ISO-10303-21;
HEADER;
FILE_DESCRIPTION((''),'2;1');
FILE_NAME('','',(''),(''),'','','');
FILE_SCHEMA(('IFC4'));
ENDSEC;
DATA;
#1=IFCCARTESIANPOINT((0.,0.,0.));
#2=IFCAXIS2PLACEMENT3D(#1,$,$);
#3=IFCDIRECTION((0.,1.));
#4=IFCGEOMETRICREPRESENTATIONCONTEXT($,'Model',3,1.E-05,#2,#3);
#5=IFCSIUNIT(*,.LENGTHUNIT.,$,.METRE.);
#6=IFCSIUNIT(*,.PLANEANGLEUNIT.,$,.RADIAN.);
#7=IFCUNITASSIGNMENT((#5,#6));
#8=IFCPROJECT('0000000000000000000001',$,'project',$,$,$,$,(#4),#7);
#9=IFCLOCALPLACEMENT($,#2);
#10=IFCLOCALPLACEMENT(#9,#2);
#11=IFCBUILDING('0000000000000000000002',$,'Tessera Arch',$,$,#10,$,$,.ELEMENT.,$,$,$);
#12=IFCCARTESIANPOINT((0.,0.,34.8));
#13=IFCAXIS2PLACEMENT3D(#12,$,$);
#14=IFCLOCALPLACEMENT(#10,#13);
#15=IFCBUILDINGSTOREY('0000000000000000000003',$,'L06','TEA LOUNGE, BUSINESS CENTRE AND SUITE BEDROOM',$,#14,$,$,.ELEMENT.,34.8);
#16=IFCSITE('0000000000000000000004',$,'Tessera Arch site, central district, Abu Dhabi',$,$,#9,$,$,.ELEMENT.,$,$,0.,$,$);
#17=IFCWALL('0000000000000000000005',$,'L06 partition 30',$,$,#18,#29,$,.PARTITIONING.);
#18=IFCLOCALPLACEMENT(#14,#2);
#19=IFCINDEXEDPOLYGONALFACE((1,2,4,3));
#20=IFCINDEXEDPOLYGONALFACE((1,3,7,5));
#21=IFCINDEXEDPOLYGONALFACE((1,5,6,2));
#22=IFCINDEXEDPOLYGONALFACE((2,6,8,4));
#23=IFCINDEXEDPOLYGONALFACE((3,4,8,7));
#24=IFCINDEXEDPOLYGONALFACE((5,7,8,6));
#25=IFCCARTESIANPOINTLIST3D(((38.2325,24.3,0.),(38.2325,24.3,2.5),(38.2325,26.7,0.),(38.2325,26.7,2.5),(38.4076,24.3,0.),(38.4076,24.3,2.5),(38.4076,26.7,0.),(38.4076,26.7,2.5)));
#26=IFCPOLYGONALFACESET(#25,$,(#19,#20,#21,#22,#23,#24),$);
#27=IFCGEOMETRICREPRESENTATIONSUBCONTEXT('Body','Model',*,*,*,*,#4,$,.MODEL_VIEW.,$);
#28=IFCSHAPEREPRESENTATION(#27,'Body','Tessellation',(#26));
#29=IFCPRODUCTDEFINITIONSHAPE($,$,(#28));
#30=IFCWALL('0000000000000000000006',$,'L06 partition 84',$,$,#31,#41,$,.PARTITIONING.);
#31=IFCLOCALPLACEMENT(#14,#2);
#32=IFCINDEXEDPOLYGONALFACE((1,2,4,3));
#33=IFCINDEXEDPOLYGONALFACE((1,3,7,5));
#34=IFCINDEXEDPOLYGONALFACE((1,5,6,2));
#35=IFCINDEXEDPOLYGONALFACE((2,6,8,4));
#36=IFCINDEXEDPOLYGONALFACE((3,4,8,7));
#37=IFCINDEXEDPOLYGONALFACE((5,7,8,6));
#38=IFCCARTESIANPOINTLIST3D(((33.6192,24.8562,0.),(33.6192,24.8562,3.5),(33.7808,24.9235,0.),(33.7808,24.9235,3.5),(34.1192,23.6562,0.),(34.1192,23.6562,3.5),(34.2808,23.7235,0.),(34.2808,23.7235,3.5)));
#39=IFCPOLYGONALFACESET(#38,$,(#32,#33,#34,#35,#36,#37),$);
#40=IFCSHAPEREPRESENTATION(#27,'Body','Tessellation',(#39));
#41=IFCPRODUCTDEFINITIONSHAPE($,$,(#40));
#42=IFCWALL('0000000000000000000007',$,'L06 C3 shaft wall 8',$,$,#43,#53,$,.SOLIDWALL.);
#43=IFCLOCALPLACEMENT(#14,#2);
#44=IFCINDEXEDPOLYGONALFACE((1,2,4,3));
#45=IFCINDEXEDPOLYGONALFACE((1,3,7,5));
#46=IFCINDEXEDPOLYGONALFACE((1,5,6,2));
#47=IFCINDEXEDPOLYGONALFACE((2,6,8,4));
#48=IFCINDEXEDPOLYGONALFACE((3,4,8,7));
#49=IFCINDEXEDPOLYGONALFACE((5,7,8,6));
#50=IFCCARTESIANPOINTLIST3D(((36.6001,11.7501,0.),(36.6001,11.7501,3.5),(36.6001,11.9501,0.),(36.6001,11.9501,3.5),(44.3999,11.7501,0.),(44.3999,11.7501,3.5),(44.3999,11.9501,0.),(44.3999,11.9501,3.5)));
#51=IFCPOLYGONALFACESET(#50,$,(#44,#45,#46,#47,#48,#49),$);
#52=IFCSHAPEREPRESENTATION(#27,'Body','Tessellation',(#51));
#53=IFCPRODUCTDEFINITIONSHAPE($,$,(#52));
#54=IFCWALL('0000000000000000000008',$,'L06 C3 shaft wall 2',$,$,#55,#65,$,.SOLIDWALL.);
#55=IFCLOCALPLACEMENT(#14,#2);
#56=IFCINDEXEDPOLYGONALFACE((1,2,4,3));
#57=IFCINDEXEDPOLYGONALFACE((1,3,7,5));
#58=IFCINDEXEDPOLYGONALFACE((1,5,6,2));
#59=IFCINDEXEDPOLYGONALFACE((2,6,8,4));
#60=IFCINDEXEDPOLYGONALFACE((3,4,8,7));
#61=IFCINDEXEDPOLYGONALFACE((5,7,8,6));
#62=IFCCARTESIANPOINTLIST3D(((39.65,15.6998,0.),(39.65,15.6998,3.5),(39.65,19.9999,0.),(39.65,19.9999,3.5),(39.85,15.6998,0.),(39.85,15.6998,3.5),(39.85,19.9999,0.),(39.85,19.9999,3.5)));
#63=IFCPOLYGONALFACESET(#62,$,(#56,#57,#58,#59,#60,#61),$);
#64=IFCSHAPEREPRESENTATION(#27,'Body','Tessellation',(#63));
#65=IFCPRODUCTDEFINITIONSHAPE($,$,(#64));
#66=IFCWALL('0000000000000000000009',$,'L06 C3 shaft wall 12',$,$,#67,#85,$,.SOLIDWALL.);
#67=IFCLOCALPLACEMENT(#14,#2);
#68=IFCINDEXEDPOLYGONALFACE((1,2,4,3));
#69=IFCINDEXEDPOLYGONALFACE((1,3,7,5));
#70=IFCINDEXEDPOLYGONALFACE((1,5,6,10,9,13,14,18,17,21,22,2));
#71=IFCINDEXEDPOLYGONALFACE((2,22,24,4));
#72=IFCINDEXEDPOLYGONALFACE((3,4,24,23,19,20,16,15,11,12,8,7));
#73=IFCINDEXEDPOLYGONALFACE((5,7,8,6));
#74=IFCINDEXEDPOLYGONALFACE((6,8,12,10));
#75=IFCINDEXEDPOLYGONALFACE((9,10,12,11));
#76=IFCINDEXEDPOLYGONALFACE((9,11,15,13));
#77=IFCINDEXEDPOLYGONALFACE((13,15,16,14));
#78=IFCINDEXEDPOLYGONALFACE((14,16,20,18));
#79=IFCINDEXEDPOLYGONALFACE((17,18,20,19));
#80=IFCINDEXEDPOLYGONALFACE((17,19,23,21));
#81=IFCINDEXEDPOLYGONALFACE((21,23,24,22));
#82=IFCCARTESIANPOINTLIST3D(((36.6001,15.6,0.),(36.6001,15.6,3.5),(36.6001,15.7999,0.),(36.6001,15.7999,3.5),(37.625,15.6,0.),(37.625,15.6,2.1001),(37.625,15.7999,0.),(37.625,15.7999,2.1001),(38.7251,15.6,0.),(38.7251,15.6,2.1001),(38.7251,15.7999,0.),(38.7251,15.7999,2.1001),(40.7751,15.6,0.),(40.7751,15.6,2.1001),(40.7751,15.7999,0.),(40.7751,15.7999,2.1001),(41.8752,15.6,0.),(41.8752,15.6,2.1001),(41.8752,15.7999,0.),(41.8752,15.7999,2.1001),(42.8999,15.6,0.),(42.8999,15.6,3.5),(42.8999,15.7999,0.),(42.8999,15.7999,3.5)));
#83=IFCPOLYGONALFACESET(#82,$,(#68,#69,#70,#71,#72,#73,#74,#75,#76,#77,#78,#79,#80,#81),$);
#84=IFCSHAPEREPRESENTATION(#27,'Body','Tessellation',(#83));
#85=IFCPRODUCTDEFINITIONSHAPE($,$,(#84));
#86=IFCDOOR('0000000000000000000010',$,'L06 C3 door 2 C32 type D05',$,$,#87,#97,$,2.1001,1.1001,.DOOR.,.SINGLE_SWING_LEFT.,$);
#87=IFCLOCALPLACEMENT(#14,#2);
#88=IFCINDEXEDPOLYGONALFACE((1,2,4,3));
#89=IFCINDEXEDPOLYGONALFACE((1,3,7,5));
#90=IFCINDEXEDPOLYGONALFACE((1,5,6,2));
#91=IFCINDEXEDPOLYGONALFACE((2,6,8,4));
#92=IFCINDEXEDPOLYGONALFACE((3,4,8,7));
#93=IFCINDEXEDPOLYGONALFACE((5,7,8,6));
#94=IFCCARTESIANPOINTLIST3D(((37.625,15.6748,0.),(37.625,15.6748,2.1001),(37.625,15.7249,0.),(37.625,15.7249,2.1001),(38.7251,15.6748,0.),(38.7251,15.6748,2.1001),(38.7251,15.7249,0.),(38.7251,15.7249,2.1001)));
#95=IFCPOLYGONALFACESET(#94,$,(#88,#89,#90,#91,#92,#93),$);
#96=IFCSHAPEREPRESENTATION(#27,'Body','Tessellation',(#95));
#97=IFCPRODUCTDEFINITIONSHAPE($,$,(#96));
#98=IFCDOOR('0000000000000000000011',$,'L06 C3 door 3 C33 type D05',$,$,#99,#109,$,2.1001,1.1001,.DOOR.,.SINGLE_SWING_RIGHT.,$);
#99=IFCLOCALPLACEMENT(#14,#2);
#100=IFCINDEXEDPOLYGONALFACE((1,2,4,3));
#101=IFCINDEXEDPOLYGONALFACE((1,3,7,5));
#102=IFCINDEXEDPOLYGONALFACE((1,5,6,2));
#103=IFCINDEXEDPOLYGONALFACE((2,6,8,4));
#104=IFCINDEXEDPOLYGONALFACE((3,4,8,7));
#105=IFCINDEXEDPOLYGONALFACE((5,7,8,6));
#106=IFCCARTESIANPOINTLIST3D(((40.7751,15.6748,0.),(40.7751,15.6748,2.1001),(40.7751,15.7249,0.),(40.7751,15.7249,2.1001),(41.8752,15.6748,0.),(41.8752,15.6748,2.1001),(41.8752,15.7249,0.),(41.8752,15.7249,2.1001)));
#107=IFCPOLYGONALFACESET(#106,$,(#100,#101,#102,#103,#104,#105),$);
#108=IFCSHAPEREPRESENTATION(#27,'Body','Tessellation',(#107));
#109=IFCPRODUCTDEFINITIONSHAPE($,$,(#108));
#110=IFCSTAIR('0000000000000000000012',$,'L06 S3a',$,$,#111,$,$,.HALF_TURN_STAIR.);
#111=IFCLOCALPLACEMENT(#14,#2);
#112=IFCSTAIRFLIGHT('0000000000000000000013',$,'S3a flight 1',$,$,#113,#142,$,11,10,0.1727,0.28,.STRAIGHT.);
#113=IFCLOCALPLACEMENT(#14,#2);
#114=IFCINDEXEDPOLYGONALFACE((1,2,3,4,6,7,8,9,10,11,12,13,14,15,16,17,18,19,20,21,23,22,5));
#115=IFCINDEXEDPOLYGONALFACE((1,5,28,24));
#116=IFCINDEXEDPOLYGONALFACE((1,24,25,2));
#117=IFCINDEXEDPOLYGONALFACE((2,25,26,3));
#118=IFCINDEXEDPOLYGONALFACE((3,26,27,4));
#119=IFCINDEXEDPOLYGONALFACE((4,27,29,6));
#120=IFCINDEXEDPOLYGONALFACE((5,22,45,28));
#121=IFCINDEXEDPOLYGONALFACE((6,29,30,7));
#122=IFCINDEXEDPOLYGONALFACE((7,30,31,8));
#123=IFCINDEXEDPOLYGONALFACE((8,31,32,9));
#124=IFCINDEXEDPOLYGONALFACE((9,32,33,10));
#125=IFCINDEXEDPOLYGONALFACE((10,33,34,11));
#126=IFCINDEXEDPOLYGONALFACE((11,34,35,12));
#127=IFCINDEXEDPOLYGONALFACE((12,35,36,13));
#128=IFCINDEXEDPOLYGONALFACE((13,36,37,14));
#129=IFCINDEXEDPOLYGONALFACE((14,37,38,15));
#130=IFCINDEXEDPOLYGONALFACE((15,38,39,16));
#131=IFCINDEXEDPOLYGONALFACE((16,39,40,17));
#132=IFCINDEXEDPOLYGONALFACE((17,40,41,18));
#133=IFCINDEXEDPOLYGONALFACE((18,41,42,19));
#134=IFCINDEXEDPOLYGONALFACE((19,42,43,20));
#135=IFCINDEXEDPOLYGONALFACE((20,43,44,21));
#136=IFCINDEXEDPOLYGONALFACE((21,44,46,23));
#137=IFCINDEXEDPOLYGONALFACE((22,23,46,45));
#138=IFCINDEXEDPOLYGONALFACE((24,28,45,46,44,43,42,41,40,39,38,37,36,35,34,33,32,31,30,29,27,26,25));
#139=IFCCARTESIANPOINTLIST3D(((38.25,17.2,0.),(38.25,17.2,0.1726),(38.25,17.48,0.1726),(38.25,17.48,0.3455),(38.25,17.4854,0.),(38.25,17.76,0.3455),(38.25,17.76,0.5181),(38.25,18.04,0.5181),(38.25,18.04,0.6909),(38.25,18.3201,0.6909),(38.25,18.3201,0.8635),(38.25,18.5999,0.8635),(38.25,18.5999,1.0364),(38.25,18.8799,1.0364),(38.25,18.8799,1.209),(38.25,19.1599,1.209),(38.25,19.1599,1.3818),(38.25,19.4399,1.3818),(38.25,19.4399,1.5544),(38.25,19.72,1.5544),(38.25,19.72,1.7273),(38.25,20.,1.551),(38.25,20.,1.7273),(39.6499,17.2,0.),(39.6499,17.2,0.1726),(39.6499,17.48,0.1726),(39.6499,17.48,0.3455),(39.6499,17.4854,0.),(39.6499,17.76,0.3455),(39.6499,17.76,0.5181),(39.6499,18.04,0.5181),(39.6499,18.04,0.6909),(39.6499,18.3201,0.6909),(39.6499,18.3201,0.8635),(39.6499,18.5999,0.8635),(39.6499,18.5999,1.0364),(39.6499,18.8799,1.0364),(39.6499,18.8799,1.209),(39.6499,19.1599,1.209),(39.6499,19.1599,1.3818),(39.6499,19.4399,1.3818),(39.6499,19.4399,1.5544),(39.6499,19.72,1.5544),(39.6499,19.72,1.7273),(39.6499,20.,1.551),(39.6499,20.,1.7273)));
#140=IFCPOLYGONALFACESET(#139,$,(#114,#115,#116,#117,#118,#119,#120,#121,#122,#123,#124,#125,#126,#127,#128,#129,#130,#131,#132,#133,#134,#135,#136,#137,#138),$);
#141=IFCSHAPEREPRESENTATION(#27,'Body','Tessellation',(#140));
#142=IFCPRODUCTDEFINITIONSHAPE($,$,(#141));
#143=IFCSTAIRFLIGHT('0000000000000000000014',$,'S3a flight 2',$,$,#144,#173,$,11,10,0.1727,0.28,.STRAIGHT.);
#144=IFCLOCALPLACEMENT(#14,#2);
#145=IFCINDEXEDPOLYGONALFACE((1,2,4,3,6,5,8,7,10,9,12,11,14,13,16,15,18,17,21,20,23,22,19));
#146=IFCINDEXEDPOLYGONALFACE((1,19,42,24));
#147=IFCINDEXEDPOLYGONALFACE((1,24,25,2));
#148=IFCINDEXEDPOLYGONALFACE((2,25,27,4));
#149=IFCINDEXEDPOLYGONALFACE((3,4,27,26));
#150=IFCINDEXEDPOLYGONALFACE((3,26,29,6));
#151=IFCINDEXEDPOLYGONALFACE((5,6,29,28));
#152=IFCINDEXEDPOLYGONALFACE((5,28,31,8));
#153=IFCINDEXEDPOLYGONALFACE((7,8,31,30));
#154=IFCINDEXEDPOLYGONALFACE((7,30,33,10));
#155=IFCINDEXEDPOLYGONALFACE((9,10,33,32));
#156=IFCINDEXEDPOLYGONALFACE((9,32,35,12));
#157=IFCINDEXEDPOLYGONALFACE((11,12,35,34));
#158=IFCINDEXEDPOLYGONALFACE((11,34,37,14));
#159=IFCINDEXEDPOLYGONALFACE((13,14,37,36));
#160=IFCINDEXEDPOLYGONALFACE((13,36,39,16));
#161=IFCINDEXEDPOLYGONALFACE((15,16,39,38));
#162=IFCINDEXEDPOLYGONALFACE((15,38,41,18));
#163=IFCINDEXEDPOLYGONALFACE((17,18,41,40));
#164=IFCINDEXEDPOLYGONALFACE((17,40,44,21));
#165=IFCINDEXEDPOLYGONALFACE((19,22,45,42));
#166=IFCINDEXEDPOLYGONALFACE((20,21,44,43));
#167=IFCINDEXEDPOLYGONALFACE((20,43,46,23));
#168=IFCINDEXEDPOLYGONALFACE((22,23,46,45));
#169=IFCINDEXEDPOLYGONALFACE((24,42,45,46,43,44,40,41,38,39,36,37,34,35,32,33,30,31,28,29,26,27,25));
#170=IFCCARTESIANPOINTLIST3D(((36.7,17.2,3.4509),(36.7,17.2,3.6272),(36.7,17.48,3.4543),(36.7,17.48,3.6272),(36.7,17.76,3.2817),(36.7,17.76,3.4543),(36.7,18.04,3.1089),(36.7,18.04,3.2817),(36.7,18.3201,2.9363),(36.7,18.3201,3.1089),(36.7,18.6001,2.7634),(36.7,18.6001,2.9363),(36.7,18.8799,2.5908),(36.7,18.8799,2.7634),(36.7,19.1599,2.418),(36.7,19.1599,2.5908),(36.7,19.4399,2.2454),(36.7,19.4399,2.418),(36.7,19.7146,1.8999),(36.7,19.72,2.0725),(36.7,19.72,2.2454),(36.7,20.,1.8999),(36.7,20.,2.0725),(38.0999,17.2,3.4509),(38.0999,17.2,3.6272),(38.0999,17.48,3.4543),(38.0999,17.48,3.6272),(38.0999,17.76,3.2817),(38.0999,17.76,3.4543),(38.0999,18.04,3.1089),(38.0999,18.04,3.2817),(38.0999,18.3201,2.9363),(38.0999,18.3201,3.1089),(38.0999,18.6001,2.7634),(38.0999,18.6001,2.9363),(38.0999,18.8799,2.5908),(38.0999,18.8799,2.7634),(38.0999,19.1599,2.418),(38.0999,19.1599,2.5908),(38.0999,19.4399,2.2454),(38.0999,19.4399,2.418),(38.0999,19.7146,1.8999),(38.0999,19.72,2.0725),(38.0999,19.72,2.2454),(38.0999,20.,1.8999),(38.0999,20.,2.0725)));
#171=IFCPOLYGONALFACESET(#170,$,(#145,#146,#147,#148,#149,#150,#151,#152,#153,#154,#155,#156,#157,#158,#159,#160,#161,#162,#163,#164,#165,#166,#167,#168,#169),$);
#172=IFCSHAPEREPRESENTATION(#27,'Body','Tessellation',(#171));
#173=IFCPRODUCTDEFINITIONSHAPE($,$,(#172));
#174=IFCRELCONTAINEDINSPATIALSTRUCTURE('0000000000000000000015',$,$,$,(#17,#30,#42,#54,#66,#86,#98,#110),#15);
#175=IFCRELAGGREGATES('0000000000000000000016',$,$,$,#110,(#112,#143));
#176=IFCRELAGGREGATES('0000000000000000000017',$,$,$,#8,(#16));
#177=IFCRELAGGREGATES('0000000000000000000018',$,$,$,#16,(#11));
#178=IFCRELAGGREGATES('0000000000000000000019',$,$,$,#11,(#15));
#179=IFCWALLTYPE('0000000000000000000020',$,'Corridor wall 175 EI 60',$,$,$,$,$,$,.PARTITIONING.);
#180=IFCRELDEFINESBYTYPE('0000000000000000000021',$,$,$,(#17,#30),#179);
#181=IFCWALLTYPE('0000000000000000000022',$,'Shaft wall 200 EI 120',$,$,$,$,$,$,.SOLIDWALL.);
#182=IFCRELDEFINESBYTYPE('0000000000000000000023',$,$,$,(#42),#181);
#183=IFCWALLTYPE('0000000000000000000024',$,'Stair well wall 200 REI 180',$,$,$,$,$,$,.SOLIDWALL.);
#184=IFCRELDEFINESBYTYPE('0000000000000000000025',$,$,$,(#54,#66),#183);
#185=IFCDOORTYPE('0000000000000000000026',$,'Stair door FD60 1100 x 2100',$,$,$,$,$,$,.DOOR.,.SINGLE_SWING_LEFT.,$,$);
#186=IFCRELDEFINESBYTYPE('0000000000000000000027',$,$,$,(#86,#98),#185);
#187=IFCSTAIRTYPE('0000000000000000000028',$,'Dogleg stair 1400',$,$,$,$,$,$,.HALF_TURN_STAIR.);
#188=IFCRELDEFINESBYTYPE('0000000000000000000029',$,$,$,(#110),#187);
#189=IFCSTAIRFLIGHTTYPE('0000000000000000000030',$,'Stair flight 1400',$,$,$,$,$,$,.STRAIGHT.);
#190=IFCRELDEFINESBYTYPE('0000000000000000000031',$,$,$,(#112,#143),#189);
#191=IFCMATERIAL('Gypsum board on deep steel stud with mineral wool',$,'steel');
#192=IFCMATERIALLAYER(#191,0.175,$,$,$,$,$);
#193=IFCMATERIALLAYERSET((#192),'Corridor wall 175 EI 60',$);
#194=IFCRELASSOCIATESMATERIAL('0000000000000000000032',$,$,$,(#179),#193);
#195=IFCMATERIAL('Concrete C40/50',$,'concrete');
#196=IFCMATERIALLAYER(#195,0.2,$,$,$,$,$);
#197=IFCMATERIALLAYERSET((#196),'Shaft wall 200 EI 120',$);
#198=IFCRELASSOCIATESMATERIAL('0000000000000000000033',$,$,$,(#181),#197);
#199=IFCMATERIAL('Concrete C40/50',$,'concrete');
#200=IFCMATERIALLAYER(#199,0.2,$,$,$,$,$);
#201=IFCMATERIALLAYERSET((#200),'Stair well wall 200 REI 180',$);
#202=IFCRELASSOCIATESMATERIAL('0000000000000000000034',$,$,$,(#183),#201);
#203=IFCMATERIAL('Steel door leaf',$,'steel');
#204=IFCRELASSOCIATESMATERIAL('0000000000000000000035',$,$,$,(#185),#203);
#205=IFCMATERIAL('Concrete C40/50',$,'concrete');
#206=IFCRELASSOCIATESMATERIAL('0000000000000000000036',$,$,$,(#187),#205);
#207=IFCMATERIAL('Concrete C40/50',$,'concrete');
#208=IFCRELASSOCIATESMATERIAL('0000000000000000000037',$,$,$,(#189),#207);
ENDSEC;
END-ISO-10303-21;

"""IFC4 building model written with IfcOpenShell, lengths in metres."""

from ifc_helpers import new_model, si_unit, direction, frame, frame_2d, origin, place, context, subcontext, project, spatial, polyline, rectangle, outline, extrude, material, layer, layer_set, type_object, element, fill, aggregate, save


model = new_model("IFC4")

# Units and contexts
model_context = context("Model", 3, precision=1e-05, world=origin(), true_north=direction((0.0, 1.0)))
body_context = subcontext(model_context, "Body", "Model", "MODEL_VIEW")
ifc_project = project(units=[si_unit("LENGTHUNIT", "METRE"), si_unit("PLANEANGLEUNIT", "RADIAN")], contexts=[model_context])

# Site, building, storey
site_placement = place(None, origin())
site = spatial("IfcSite", under=ifc_project, at=site_placement, Name="Tessera Arch site, central district, Abu Dhabi", CompositionType="ELEMENT", RefElevation=0.0)
building_placement = place(site_placement, origin())
building = spatial("IfcBuilding", under=site, at=building_placement, Name="Tessera Arch", CompositionType="ELEMENT")
storey_placement = place(building_placement, frame((0.0, 0.0, 34.8)))
storey = spatial("IfcBuildingStorey", under=building, at=storey_placement, Name="L06", Description="TEA LOUNGE, BUSINESS CENTRE AND SUITE BEDROOM", CompositionType="ELEMENT", Elevation=34.8)

# Shared definitions
ifc_material_1 = material(Name="Gypsum board on deep steel stud with mineral wool", Category="steel")
ifc_layer_1 = layer(ifc_material_1, 0.175)
ifc_layer_set_1 = layer_set([ifc_layer_1], Name="Corridor wall 175 EI 60")
wall_type_1 = type_object("IfcWallType", Name="Corridor wall 175 EI 60", PredefinedType="PARTITIONING", material=ifc_layer_set_1)

# Walls
wall_1_placement = place(storey_placement, frame((38.3201, 24.3, 0.0), z_axis=(0.0, 0.0, 1.0), x_axis=(0.0, 1.0, 0.0)))
element("IfcWall", 1, at=wall_1_placement, inside=storey, type_object=wall_type_1, Name="L06 partition 30", PredefinedType="PARTITIONING", context=body_context, shape_type="SweptSolid", body=[
    extrude(rectangle(XDim=2.3999, YDim=0.175, at=frame_2d((1.2, 0.0))), origin(), (0.0, 0.0, 1.0), 2.5),
])
wall_2_placement = place(storey_placement, frame((34.2, 23.6899, 0.0), z_axis=(0.0, 0.0, 1.0), x_axis=(-0.384629, 0.923071, 0.0)))
element("IfcWall", 2, at=wall_2_placement, inside=storey, type_object=wall_type_1, Name="L06 partition 84", PredefinedType="PARTITIONING", context=body_context, shape_type="SweptSolid", body=[
    extrude(rectangle(XDim=1.3, YDim=0.175, at=frame_2d((0.6499, 0.0))), origin(), (0.0, 0.0, 1.0), 3.5),
])
ifc_material_2 = material(Name="Concrete C40/50", Category="concrete")
ifc_layer_2 = layer(ifc_material_2, 0.2)
ifc_layer_set_2 = layer_set([ifc_layer_2], Name="Shaft wall 200 EI 120")
wall_type_2 = type_object("IfcWallType", Name="Shaft wall 200 EI 120", PredefinedType="SOLIDWALL", material=ifc_layer_set_2)
wall_3_placement = place(storey_placement, frame((36.6001, 11.8501, 0.0), z_axis=(0.0, 0.0, 1.0), x_axis=(1.0, 0.0, 0.0)))
element("IfcWall", 3, at=wall_3_placement, inside=storey, type_object=wall_type_2, Name="L06 C3 shaft wall 8", PredefinedType="SOLIDWALL", context=body_context, shape_type="SweptSolid", body=[
    extrude(rectangle(XDim=7.7998, YDim=0.2, at=frame_2d((3.8999, 0.0))), origin(), (0.0, 0.0, 1.0), 3.5),
])
ifc_material_3 = material(Name="Concrete C40/50", Category="concrete")
ifc_layer_3 = layer(ifc_material_3, 0.2)
ifc_layer_set_3 = layer_set([ifc_layer_3], Name="Stair well wall 200 REI 180")
wall_type_3 = type_object("IfcWallType", Name="Stair well wall 200 REI 180", PredefinedType="SOLIDWALL", material=ifc_layer_set_3)
wall_4_placement = place(storey_placement, frame((39.75, 15.7, 0.0), z_axis=(0.0, 0.0, 1.0), x_axis=(0.0, 1.0, 0.0)))
element("IfcWall", 4, at=wall_4_placement, inside=storey, type_object=wall_type_3, Name="L06 C3 shaft wall 2", PredefinedType="SOLIDWALL", context=body_context, shape_type="SweptSolid", body=[
    extrude(rectangle(XDim=4.3, YDim=0.2, at=frame_2d((2.1499, 0.0))), origin(), (0.0, 0.0, 1.0), 3.5),
])

# Wall, openings, doors
wall_5_placement = place(storey_placement, frame((36.6001, 15.7, 0.0), z_axis=(0.0, 0.0, 1.0), x_axis=(1.0, 0.0, 0.0)))
wall_5 = element("IfcWall", 5, at=wall_5_placement, inside=storey, type_object=wall_type_3, Name="L06 C3 shaft wall 12", PredefinedType="SOLIDWALL", context=body_context, shape_type="SweptSolid", body=[
    extrude(rectangle(XDim=6.2998, YDim=0.2, at=frame_2d((3.1499, 0.0))), origin(), (0.0, 0.0, 1.0), 3.5),
])
opening_1_placement = place(wall_5_placement, frame((1.0249, 0.0, 0.0)))
opening_1 = element("IfcOpeningElement", 6, at=opening_1_placement, cuts=wall_5, PredefinedType="OPENING", context=body_context, shape_type="SweptSolid", body=[
    extrude(rectangle(XDim=1.1001, YDim=2.1001, at=frame_2d((0.55, 1.05))), frame((0.0, 0.1099, 0.0), z_axis=(0.0, -1.0, 0.0), x_axis=(1.0, 0.0, 0.0)), (0.0, 0.0, 1.0), 0.22),
])
opening_2_placement = place(wall_5_placement, frame((4.175, 0.0, 0.0)))
opening_2 = element("IfcOpeningElement", 7, at=opening_2_placement, cuts=wall_5, PredefinedType="OPENING", context=body_context, shape_type="SweptSolid", body=[
    extrude(rectangle(XDim=1.1001, YDim=2.1001, at=frame_2d((0.55, 1.05))), frame((0.0, 0.1099, 0.0), z_axis=(0.0, -1.0, 0.0), x_axis=(1.0, 0.0, 0.0)), (0.0, 0.0, 1.0), 0.22),
])
ifc_material_4 = material(Name="Steel door leaf", Category="steel")
door_type_1 = type_object("IfcDoorType", Name="Stair door FD60 1100 x 2100", OperationType="SINGLE_SWING_LEFT", PredefinedType="DOOR", material=ifc_material_4)
door_1_placement = place(opening_1_placement, origin())
door_1 = element("IfcDoor", 8, at=door_1_placement, inside=storey, type_object=door_type_1, Name="L06 C3 door 2 C32 type D05", OperationType="SINGLE_SWING_LEFT", OverallHeight=2.1001, OverallWidth=1.1001, PredefinedType="DOOR", context=body_context, shape_type="SweptSolid", body=[
    extrude(rectangle(XDim=1.1001, YDim=2.1001, at=frame_2d((0.55, 1.05))), frame((0.0, 0.0249, 0.0), z_axis=(0.0, -1.0, 0.0), x_axis=(1.0, 0.0, 0.0)), (0.0, 0.0, 1.0), 0.05),
])
fill(opening_1, door_1)
door_2_placement = place(opening_2_placement, origin())
door_2 = element("IfcDoor", 9, at=door_2_placement, inside=storey, type_object=door_type_1, Name="L06 C3 door 3 C33 type D05", OperationType="SINGLE_SWING_RIGHT", OverallHeight=2.1001, OverallWidth=1.1001, PredefinedType="DOOR", context=body_context, shape_type="SweptSolid", body=[
    extrude(rectangle(XDim=1.1001, YDim=2.1001, at=frame_2d((0.55, 1.05))), frame((0.0, 0.0249, 0.0), z_axis=(0.0, -1.0, 0.0), x_axis=(1.0, 0.0, 0.0)), (0.0, 0.0, 1.0), 0.05),
])
fill(opening_2, door_2)

# Stair, stair flights
ifc_material_5 = material(Name="Concrete C40/50", Category="concrete")
stair_type = type_object("IfcStairType", Name="Dogleg stair 1400", PredefinedType="HALF_TURN_STAIR", material=ifc_material_5)
stair_placement = place(storey_placement, origin())
stair = element("IfcStair", 10, at=stair_placement, inside=storey, type_object=stair_type, Name="L06 S3a", PredefinedType="HALF_TURN_STAIR")
ifc_material_6 = material(Name="Concrete C40/50", Category="concrete")
stair_flight_type = type_object("IfcStairFlightType", Name="Stair flight 1400", PredefinedType="STRAIGHT", material=ifc_material_6)
stair_flight_1_placement = place(storey_placement, frame((38.95, 17.2, 0.0), z_axis=(0.0, 0.0, 1.0), x_axis=(0.0, 1.0, 0.0)))
stair_flight_1 = element("IfcStairFlight", 11, at=stair_flight_1_placement, type_object=stair_flight_type, Name="S3a flight 1", NumberOfRisers=11, NumberOfTreads=10, PredefinedType="STRAIGHT", RiserHeight=0.1727, TreadLength=0.28, context=body_context, shape_type="SweptSolid", body=[
    extrude(outline(polyline([(0.0, 0.0), (0.0, 0.1726), (0.28, 0.1726), (0.28, 0.3455), (0.5601, 0.3455), (0.5601, 0.5181), (0.8401, 0.5181), (0.8401, 0.6909), (1.1201, 0.6909), (1.1201, 0.8635), (1.3999, 0.8635), (1.3999, 1.0364), (1.6799, 1.0364), (1.6799, 1.209), (1.96, 1.209), (1.96, 1.3818), (2.24, 1.3818), (2.24, 1.5544), (2.52, 1.5544), (2.52, 1.7273), (2.8, 1.7273), (2.8, 1.8999), (2.8, 1.551), (0.2854, 0.0), (0.0, 0.0)])), frame((0.0, 0.7, 0.0), z_axis=(0.0, -1.0, 0.0), x_axis=(1.0, 0.0, 0.0)), (0.0, 0.0, 1.0), 1.3999),
])
stair_flight_2_placement = place(storey_placement, frame((37.3999, 20.0, 1.8999), z_axis=(0.0, 0.0, 1.0), x_axis=(0.0, -1.0, 0.0)))
stair_flight_2 = element("IfcStairFlight", 12, at=stair_flight_2_placement, type_object=stair_flight_type, Name="S3a flight 2", NumberOfRisers=11, NumberOfTreads=10, PredefinedType="STRAIGHT", RiserHeight=0.1727, TreadLength=0.28, context=body_context, shape_type="SweptSolid", body=[
    extrude(outline(polyline([(0.0, 0.0), (0.0, 0.1726), (0.28, 0.1726), (0.28, 0.3455), (0.5601, 0.3455), (0.5601, 0.5181), (0.8401, 0.5181), (0.8401, 0.6909), (1.1201, 0.6909), (1.1201, 0.8635), (1.3999, 0.8635), (1.3999, 1.0364), (1.6799, 1.0364), (1.6799, 1.209), (1.96, 1.209), (1.96, 1.3818), (2.24, 1.3818), (2.24, 1.5544), (2.52, 1.5544), (2.52, 1.7273), (2.8, 1.7273), (2.8, 1.8999), (2.8, 1.551), (0.2854, 0.0), (0.0, 0.0)])), frame((0.0, 0.7, 0.0), z_axis=(0.0, -1.0, 0.0), x_axis=(1.0, 0.0, 0.0)), (0.0, 0.0, 1.0), 1.3999),
])
aggregate(stair, [stair_flight_1, stair_flight_2])

save(model, "model.ifc")
